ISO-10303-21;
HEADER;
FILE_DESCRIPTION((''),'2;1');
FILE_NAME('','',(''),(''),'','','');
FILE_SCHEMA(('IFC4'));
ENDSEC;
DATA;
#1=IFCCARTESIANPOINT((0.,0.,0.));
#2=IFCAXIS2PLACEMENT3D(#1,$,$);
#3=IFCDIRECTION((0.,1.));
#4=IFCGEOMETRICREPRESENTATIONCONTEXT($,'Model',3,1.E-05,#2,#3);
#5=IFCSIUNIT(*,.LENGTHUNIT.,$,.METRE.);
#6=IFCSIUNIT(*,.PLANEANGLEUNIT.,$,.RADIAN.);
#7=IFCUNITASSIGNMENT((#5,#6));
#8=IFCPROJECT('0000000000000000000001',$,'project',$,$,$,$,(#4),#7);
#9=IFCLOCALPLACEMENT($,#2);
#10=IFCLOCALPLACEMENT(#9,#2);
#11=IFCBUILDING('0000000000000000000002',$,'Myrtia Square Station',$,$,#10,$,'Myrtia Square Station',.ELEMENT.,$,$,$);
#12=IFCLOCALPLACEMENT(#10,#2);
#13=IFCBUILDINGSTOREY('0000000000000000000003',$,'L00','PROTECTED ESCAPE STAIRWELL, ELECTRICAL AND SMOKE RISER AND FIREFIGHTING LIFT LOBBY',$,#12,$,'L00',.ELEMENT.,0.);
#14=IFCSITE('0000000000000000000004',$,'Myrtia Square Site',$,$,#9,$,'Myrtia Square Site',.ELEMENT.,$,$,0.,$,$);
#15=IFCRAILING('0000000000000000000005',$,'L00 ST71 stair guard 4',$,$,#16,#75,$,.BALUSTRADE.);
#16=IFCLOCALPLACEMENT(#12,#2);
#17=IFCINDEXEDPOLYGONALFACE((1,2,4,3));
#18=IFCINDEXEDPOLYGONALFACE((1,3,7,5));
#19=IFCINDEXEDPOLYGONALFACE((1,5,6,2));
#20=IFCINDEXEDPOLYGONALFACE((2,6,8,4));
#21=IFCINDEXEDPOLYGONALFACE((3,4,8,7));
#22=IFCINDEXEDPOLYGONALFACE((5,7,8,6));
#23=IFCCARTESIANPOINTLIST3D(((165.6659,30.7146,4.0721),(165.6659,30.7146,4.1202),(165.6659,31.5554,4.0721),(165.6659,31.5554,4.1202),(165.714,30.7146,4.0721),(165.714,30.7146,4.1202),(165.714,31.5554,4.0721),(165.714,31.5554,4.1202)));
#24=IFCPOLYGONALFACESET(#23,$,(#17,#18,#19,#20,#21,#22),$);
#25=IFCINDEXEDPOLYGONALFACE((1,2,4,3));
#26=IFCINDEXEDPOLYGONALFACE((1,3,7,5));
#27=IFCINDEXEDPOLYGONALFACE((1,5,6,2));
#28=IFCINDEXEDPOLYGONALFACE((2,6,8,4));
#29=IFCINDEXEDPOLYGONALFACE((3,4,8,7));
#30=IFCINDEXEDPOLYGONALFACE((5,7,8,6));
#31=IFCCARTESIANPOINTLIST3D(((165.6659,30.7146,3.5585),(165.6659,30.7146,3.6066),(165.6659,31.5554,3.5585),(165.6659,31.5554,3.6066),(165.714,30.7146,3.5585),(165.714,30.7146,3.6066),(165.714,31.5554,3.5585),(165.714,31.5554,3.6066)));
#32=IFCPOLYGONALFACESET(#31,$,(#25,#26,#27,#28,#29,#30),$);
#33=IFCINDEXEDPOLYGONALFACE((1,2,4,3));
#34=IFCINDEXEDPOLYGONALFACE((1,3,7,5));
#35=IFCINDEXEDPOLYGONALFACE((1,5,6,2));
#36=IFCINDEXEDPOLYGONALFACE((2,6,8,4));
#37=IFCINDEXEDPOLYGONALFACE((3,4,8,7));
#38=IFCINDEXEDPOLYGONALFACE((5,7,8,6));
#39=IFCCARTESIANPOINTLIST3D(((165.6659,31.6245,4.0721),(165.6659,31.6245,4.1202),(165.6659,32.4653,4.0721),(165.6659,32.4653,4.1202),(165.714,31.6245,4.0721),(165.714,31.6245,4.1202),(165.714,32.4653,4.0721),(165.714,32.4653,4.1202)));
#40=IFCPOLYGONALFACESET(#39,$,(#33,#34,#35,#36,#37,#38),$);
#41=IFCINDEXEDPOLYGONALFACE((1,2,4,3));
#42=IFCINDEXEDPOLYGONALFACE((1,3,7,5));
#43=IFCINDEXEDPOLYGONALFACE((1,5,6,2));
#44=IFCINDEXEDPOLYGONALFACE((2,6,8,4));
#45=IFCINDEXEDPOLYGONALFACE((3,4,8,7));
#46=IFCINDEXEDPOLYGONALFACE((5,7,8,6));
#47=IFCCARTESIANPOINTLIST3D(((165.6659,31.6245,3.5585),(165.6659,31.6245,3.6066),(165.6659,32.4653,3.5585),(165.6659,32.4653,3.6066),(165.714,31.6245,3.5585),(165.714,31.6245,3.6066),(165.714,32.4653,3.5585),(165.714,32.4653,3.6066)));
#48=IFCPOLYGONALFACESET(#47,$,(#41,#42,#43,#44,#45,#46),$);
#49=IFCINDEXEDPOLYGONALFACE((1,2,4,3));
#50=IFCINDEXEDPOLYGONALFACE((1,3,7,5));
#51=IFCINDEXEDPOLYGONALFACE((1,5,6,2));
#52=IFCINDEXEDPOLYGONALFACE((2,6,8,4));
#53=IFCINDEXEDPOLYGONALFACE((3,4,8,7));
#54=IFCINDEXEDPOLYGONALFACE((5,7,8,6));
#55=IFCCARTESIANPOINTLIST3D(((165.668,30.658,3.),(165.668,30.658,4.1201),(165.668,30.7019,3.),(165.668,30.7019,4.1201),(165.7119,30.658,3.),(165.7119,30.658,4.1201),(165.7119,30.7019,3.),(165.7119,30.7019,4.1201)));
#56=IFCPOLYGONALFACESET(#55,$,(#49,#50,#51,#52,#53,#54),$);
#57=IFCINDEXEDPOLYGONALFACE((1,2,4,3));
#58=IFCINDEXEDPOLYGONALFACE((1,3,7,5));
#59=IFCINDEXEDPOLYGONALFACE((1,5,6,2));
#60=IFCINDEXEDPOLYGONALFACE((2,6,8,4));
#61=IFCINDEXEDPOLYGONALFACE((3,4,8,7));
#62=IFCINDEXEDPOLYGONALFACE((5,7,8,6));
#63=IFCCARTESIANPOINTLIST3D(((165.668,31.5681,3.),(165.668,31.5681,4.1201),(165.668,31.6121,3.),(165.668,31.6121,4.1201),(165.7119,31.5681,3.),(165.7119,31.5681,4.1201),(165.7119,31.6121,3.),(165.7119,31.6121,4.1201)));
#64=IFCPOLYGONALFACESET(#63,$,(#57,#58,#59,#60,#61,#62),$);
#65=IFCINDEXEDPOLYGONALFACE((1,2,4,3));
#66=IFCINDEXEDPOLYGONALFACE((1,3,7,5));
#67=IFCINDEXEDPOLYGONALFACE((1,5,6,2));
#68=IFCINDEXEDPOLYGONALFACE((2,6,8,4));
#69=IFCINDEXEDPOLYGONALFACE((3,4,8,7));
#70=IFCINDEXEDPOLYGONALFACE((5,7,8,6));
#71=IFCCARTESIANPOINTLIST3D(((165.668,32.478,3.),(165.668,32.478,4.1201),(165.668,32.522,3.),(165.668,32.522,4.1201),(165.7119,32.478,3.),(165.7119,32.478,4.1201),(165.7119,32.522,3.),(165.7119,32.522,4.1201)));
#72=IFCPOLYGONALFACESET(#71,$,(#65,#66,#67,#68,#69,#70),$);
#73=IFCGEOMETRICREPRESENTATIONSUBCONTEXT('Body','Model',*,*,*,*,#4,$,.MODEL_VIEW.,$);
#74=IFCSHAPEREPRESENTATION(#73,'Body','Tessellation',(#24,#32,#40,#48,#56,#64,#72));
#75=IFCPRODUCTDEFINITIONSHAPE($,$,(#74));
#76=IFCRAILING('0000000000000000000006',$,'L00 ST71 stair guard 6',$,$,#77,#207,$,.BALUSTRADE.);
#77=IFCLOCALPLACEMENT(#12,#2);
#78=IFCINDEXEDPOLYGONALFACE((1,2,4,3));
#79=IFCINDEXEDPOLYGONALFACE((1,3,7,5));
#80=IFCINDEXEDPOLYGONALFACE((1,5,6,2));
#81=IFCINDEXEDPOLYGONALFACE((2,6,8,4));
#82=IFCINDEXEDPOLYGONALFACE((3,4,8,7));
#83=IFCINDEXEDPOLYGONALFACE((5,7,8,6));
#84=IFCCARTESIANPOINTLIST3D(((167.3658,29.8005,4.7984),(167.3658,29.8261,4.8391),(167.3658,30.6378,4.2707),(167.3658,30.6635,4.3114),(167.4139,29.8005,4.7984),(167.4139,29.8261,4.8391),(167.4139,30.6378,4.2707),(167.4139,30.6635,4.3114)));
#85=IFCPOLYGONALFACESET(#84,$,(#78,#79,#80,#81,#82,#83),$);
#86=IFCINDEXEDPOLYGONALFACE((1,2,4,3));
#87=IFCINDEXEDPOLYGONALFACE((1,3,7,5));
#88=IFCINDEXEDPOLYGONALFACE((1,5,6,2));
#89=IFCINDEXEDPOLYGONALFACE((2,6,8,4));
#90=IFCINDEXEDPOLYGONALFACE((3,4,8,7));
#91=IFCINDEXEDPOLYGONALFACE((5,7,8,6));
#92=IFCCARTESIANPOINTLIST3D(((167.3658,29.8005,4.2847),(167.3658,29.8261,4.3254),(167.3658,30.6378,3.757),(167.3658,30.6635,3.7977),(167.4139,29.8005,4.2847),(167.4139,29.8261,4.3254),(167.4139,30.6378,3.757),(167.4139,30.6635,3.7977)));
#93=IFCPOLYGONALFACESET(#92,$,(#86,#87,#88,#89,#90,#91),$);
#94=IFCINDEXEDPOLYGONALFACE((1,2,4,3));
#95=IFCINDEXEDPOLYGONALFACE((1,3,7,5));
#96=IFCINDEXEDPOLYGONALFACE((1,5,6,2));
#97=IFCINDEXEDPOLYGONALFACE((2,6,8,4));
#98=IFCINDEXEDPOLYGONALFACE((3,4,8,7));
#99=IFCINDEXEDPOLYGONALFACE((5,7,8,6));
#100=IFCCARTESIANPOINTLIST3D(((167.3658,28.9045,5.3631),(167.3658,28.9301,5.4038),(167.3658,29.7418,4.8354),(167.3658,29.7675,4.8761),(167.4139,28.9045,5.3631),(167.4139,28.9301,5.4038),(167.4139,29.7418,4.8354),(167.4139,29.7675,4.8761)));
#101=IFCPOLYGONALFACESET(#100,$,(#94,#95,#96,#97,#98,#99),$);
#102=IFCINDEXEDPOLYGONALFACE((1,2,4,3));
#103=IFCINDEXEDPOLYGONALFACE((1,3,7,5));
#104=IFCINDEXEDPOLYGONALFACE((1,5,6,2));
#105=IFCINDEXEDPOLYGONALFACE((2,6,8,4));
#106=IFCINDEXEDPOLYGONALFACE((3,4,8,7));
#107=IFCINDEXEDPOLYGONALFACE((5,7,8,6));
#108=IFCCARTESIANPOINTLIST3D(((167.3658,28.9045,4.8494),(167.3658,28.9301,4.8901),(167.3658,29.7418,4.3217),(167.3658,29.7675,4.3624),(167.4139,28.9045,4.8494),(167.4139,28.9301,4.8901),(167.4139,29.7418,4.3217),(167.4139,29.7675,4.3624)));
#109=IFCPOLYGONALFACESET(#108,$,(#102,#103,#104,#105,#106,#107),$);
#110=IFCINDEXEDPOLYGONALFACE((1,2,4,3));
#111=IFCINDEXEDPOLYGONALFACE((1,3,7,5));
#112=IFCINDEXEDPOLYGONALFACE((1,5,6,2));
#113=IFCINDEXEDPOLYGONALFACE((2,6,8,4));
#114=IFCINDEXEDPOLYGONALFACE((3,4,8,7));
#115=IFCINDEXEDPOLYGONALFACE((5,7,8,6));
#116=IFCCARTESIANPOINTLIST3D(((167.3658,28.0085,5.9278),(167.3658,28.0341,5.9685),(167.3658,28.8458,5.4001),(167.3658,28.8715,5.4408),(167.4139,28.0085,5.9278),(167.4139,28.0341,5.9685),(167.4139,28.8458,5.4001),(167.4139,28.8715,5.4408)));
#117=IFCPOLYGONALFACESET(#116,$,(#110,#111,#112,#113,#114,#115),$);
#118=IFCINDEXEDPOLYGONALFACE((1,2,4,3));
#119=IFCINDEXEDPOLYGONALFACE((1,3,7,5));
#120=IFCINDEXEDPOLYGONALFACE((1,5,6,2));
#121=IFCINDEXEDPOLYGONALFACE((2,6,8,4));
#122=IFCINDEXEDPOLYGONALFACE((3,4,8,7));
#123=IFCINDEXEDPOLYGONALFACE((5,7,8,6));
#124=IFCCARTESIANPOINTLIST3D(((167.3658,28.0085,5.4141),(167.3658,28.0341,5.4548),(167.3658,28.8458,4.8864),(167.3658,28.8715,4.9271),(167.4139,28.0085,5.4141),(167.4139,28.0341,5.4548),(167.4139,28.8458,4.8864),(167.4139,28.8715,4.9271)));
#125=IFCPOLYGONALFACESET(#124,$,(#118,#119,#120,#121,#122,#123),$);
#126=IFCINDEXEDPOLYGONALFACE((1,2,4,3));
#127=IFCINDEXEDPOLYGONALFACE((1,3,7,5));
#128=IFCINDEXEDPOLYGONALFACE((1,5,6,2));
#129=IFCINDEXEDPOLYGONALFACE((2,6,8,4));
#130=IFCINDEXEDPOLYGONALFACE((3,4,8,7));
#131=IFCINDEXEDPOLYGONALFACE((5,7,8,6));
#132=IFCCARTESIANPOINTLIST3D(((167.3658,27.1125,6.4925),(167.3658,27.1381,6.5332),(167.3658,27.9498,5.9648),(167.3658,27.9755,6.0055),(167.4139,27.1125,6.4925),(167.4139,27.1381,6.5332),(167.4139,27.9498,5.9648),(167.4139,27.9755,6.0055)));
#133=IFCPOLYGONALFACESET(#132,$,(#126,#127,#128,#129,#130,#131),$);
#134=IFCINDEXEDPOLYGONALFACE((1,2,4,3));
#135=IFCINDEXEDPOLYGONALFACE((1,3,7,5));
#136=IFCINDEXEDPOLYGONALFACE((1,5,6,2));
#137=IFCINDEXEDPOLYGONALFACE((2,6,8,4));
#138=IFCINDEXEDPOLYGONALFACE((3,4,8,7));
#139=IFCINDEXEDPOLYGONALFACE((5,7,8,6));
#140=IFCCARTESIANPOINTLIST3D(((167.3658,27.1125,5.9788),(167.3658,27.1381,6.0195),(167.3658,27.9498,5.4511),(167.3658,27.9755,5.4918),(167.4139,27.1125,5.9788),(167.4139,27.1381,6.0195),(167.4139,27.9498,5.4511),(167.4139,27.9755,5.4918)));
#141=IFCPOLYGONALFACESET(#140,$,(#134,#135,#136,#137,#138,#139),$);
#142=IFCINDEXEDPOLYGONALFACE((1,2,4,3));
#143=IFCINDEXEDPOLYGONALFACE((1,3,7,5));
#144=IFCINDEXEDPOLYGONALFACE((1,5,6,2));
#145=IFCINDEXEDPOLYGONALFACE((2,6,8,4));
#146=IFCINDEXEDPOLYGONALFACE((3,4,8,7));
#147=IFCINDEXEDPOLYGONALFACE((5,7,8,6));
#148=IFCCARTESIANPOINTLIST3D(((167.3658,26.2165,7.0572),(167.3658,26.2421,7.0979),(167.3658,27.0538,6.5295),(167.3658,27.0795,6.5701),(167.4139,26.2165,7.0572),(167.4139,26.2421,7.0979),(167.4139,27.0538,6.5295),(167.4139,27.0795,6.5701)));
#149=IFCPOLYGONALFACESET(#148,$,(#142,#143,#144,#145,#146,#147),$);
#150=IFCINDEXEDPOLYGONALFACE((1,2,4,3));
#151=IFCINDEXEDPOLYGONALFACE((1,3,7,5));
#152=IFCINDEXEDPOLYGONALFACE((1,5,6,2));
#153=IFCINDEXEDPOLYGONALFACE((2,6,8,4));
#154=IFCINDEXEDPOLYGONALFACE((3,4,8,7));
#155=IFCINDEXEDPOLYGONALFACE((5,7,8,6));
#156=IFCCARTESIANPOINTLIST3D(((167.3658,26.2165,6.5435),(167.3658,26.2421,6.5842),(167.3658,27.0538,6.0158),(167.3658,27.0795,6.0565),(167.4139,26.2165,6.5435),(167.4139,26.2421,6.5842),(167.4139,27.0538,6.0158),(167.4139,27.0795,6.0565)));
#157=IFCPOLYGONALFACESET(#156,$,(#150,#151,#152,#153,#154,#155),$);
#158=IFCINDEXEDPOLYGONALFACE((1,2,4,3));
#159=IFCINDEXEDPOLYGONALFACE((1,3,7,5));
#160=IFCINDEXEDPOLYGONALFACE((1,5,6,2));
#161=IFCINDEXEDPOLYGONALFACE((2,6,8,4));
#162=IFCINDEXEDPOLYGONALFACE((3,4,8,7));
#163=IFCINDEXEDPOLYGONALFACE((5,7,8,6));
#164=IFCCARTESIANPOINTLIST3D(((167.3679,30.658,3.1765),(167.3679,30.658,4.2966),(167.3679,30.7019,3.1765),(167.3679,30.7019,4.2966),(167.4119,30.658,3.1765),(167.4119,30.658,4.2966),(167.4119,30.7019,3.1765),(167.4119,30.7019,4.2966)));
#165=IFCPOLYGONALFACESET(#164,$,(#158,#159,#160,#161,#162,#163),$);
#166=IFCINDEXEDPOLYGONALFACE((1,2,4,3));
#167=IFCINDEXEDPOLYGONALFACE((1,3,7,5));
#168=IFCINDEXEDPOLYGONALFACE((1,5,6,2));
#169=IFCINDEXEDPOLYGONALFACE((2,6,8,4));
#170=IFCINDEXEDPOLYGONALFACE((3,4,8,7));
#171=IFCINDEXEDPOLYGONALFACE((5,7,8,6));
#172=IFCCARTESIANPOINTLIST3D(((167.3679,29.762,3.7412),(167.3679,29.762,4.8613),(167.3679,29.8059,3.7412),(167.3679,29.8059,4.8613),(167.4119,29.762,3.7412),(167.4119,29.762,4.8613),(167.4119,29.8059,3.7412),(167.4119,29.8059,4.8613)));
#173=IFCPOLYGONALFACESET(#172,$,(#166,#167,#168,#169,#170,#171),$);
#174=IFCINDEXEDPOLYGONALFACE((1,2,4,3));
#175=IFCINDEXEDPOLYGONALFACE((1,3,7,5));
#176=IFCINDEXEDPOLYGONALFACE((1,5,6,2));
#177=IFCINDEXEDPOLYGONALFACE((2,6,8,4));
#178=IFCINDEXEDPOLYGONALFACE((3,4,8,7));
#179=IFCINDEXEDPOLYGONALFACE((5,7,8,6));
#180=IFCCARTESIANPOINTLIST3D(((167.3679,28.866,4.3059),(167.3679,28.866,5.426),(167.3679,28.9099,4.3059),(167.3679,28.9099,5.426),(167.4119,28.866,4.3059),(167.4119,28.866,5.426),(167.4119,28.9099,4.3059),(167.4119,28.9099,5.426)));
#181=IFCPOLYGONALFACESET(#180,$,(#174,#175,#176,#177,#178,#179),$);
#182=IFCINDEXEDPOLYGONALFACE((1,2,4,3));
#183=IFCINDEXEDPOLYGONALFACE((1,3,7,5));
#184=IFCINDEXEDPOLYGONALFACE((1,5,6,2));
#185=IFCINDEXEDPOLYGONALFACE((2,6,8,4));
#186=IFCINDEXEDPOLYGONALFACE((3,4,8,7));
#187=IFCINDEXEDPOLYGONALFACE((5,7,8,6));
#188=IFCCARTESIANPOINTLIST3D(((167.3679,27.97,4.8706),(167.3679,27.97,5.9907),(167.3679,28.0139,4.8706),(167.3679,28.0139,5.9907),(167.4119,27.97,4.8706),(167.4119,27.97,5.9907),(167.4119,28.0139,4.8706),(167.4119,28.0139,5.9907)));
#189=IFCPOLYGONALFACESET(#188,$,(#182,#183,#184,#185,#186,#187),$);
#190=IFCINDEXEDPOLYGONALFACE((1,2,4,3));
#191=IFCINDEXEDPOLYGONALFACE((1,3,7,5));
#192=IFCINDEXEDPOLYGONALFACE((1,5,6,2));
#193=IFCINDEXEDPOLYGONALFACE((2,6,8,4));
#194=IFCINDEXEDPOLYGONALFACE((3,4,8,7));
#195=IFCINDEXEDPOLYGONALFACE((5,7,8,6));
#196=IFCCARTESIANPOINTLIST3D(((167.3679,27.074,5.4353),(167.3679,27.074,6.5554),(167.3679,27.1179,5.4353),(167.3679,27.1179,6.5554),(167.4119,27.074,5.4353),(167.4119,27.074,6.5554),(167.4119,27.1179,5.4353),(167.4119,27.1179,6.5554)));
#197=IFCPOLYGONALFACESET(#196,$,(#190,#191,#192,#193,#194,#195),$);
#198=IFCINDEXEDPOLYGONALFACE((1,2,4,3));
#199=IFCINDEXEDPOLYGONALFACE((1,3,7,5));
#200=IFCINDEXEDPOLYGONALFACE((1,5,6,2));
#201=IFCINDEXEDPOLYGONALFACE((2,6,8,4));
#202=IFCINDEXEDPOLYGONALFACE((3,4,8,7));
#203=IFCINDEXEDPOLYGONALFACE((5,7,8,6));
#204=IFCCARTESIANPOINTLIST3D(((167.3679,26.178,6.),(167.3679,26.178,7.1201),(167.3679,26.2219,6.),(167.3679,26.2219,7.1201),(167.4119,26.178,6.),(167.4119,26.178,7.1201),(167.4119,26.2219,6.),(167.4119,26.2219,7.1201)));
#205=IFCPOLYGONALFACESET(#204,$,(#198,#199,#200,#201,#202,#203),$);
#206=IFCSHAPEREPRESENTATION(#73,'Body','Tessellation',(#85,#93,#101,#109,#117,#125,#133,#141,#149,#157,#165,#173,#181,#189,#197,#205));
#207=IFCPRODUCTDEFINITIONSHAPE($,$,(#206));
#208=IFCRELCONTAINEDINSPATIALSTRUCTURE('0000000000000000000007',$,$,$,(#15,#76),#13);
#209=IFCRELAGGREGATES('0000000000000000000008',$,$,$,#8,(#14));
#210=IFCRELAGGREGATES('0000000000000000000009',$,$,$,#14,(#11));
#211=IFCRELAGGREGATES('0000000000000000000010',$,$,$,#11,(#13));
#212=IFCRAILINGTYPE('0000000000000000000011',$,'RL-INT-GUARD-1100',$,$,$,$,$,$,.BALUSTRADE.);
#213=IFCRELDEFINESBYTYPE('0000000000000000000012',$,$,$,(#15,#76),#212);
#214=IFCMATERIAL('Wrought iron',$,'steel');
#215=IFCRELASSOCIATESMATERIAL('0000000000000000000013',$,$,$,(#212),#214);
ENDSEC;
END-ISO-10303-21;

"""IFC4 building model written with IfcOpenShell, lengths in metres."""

from ifc_helpers import new_model, si_unit, direction, frame, origin, origin_2d, place, context, subcontext, project, spatial, rectangle, extrude, material, type_object, element, save


model = new_model("IFC4")

# Units and contexts
model_context = context("Model", 3, precision=1e-05, world=origin(), true_north=direction((0.0, 1.0)))
body_context = subcontext(model_context, "Body", "Model", "MODEL_VIEW")
ifc_project = project(units=[si_unit("LENGTHUNIT", "METRE"), si_unit("PLANEANGLEUNIT", "RADIAN")], contexts=[model_context])

# Site, building, storey
site_placement = place(None, origin())
site = spatial("IfcSite", under=ifc_project, at=site_placement, Name="Myrtia Square Site", LongName="Myrtia Square Site", CompositionType="ELEMENT", RefElevation=0.0)
building_placement = place(site_placement, origin())
building = spatial("IfcBuilding", under=site, at=building_placement, Name="Myrtia Square Station", LongName="Myrtia Square Station", CompositionType="ELEMENT")
storey_placement = place(building_placement, origin())
storey = spatial("IfcBuildingStorey", under=building, at=storey_placement, Name="L00", Description="PROTECTED ESCAPE STAIRWELL, ELECTRICAL AND SMOKE RISER AND FIREFIGHTING LIFT LOBBY", LongName="L00", CompositionType="ELEMENT", Elevation=0.0)

# Railings
ifc_material_1 = material(Name="Wrought iron", Category="steel")
railing_type_1 = type_object("IfcRailingType", Name="RL-INT-GUARD-1100", PredefinedType="BALUSTRADE", material=ifc_material_1)
railing_1_placement = place(storey_placement, frame((165.6899, 30.6799, 3.0)))
element("IfcRailing", 1, at=railing_1_placement, inside=storey, type_object=railing_type_1, Name="L00 ST71 stair guard 4", PredefinedType="BALUSTRADE", context=body_context, shape_type="SweptSolid", body=[
    extrude(rectangle(XDim=0.0481, YDim=0.0481, at=origin_2d()), frame((0.0, 0.0347, 1.0962), z_axis=(0.0, 1.0, 0.0), x_axis=(-1.0, 0.0, 0.0)), (0.0, 0.0, 1.0), 0.8408),
    extrude(rectangle(XDim=0.0481, YDim=0.0481, at=origin_2d()), frame((0.0, 0.0347, 0.5825), z_axis=(0.0, 1.0, 0.0), x_axis=(-1.0, 0.0, 0.0)), (0.0, 0.0, 1.0), 0.8408),
    extrude(rectangle(XDim=0.0481, YDim=0.0481, at=origin_2d()), frame((0.0, 0.9446, 1.0962), z_axis=(0.0, 1.0, 0.0), x_axis=(-1.0, 0.0, 0.0)), (0.0, 0.0, 1.0), 0.8408),
    extrude(rectangle(XDim=0.0481, YDim=0.0481, at=origin_2d()), frame((0.0, 0.9446, 0.5825), z_axis=(0.0, 1.0, 0.0), x_axis=(-1.0, 0.0, 0.0)), (0.0, 0.0, 1.0), 0.8408),
    extrude(rectangle(XDim=0.0439, YDim=0.0439, at=origin_2d()), origin(), (0.0, 0.0, 1.0), 1.1201),
    extrude(rectangle(XDim=0.0439, YDim=0.0439, at=origin_2d()), frame((0.0, 0.9102, 0.0)), (0.0, 0.0, 1.0), 1.1201),
    extrude(rectangle(XDim=0.0439, YDim=0.0439, at=origin_2d()), frame((0.0, 1.8201, 0.0)), (0.0, 0.0, 1.0), 1.1201),
])
railing_2_placement = place(storey_placement, frame((167.3899, 30.6799, 3.1765)))
element("IfcRailing", 2, at=railing_2_placement, inside=storey, type_object=railing_type_1, Name="L00 ST71 stair guard 6", PredefinedType="BALUSTRADE", context=body_context, shape_type="SweptSolid", body=[
    extrude(rectangle(XDim=0.0481, YDim=0.0481, at=origin_2d()), frame((0.0, -0.0293, 1.1145), z_axis=(0.0, -0.845998, 0.533186), x_axis=(1.0, 0.0, 0.0)), (0.0, 0.0, 1.0), 0.9897),
    extrude(rectangle(XDim=0.0481, YDim=0.0481, at=origin_2d()), frame((0.0, -0.0293, 0.6008), z_axis=(0.0, -0.845998, 0.533186), x_axis=(1.0, 0.0, 0.0)), (0.0, 0.0, 1.0), 0.9897),
    extrude(rectangle(XDim=0.0481, YDim=0.0481, at=origin_2d()), frame((0.0, -0.9253, 1.6792), z_axis=(0.0, -0.845998, 0.533186), x_axis=(1.0, 0.0, 0.0)), (0.0, 0.0, 1.0), 0.9897),
    extrude(rectangle(XDim=0.0481, YDim=0.0481, at=origin_2d()), frame((0.0, -0.9253, 1.1655), z_axis=(0.0, -0.845998, 0.533186), x_axis=(1.0, 0.0, 0.0)), (0.0, 0.0, 1.0), 0.9897),
    extrude(rectangle(XDim=0.0481, YDim=0.0481, at=origin_2d()), frame((0.0, -1.8213, 2.2439), z_axis=(0.0, -0.845998, 0.533186), x_axis=(1.0, 0.0, 0.0)), (0.0, 0.0, 1.0), 0.9897),
    extrude(rectangle(XDim=0.0481, YDim=0.0481, at=origin_2d()), frame((0.0, -1.8213, 1.7302), z_axis=(0.0, -0.845998, 0.533186), x_axis=(1.0, 0.0, 0.0)), (0.0, 0.0, 1.0), 0.9897),
    extrude(rectangle(XDim=0.0481, YDim=0.0481, at=origin_2d()), frame((0.0, -2.7173, 2.8086), z_axis=(0.0, -0.845998, 0.533186), x_axis=(1.0, 0.0, 0.0)), (0.0, 0.0, 1.0), 0.9897),
    extrude(rectangle(XDim=0.0481, YDim=0.0481, at=origin_2d()), frame((0.0, -2.7173, 2.2949), z_axis=(0.0, -0.845998, 0.533186), x_axis=(1.0, 0.0, 0.0)), (0.0, 0.0, 1.0), 0.9897),
    extrude(rectangle(XDim=0.0481, YDim=0.0481, at=origin_2d()), frame((0.0, -3.6133, 3.3733), z_axis=(0.0, -0.845998, 0.533186), x_axis=(1.0, 0.0, 0.0)), (0.0, 0.0, 1.0), 0.9897),
    extrude(rectangle(XDim=0.0481, YDim=0.0481, at=origin_2d()), frame((0.0, -3.6133, 2.8596), z_axis=(0.0, -0.845998, 0.533186), x_axis=(1.0, 0.0, 0.0)), (0.0, 0.0, 1.0), 0.9897),
    extrude(rectangle(XDim=0.0439, YDim=0.0439, at=origin_2d()), origin(), (0.0, 0.0, 1.0), 1.1201),
    extrude(rectangle(XDim=0.0439, YDim=0.0439, at=origin_2d()), frame((0.0, -0.896, 0.5647)), (0.0, 0.0, 1.0), 1.1201),
    extrude(rectangle(XDim=0.0439, YDim=0.0439, at=origin_2d()), frame((0.0, -1.792, 1.1294)), (0.0, 0.0, 1.0), 1.1201),
    extrude(rectangle(XDim=0.0439, YDim=0.0439, at=origin_2d()), frame((0.0, -2.688, 1.6941)), (0.0, 0.0, 1.0), 1.1201),
    extrude(rectangle(XDim=0.0439, YDim=0.0439, at=origin_2d()), frame((0.0, -3.584, 2.2588)), (0.0, 0.0, 1.0), 1.1201),
    extrude(rectangle(XDim=0.0439, YDim=0.0439, at=origin_2d()), frame((0.0, -4.48, 2.8235)), (0.0, 0.0, 1.0), 1.1201),
])

save(model, "model.ifc")
